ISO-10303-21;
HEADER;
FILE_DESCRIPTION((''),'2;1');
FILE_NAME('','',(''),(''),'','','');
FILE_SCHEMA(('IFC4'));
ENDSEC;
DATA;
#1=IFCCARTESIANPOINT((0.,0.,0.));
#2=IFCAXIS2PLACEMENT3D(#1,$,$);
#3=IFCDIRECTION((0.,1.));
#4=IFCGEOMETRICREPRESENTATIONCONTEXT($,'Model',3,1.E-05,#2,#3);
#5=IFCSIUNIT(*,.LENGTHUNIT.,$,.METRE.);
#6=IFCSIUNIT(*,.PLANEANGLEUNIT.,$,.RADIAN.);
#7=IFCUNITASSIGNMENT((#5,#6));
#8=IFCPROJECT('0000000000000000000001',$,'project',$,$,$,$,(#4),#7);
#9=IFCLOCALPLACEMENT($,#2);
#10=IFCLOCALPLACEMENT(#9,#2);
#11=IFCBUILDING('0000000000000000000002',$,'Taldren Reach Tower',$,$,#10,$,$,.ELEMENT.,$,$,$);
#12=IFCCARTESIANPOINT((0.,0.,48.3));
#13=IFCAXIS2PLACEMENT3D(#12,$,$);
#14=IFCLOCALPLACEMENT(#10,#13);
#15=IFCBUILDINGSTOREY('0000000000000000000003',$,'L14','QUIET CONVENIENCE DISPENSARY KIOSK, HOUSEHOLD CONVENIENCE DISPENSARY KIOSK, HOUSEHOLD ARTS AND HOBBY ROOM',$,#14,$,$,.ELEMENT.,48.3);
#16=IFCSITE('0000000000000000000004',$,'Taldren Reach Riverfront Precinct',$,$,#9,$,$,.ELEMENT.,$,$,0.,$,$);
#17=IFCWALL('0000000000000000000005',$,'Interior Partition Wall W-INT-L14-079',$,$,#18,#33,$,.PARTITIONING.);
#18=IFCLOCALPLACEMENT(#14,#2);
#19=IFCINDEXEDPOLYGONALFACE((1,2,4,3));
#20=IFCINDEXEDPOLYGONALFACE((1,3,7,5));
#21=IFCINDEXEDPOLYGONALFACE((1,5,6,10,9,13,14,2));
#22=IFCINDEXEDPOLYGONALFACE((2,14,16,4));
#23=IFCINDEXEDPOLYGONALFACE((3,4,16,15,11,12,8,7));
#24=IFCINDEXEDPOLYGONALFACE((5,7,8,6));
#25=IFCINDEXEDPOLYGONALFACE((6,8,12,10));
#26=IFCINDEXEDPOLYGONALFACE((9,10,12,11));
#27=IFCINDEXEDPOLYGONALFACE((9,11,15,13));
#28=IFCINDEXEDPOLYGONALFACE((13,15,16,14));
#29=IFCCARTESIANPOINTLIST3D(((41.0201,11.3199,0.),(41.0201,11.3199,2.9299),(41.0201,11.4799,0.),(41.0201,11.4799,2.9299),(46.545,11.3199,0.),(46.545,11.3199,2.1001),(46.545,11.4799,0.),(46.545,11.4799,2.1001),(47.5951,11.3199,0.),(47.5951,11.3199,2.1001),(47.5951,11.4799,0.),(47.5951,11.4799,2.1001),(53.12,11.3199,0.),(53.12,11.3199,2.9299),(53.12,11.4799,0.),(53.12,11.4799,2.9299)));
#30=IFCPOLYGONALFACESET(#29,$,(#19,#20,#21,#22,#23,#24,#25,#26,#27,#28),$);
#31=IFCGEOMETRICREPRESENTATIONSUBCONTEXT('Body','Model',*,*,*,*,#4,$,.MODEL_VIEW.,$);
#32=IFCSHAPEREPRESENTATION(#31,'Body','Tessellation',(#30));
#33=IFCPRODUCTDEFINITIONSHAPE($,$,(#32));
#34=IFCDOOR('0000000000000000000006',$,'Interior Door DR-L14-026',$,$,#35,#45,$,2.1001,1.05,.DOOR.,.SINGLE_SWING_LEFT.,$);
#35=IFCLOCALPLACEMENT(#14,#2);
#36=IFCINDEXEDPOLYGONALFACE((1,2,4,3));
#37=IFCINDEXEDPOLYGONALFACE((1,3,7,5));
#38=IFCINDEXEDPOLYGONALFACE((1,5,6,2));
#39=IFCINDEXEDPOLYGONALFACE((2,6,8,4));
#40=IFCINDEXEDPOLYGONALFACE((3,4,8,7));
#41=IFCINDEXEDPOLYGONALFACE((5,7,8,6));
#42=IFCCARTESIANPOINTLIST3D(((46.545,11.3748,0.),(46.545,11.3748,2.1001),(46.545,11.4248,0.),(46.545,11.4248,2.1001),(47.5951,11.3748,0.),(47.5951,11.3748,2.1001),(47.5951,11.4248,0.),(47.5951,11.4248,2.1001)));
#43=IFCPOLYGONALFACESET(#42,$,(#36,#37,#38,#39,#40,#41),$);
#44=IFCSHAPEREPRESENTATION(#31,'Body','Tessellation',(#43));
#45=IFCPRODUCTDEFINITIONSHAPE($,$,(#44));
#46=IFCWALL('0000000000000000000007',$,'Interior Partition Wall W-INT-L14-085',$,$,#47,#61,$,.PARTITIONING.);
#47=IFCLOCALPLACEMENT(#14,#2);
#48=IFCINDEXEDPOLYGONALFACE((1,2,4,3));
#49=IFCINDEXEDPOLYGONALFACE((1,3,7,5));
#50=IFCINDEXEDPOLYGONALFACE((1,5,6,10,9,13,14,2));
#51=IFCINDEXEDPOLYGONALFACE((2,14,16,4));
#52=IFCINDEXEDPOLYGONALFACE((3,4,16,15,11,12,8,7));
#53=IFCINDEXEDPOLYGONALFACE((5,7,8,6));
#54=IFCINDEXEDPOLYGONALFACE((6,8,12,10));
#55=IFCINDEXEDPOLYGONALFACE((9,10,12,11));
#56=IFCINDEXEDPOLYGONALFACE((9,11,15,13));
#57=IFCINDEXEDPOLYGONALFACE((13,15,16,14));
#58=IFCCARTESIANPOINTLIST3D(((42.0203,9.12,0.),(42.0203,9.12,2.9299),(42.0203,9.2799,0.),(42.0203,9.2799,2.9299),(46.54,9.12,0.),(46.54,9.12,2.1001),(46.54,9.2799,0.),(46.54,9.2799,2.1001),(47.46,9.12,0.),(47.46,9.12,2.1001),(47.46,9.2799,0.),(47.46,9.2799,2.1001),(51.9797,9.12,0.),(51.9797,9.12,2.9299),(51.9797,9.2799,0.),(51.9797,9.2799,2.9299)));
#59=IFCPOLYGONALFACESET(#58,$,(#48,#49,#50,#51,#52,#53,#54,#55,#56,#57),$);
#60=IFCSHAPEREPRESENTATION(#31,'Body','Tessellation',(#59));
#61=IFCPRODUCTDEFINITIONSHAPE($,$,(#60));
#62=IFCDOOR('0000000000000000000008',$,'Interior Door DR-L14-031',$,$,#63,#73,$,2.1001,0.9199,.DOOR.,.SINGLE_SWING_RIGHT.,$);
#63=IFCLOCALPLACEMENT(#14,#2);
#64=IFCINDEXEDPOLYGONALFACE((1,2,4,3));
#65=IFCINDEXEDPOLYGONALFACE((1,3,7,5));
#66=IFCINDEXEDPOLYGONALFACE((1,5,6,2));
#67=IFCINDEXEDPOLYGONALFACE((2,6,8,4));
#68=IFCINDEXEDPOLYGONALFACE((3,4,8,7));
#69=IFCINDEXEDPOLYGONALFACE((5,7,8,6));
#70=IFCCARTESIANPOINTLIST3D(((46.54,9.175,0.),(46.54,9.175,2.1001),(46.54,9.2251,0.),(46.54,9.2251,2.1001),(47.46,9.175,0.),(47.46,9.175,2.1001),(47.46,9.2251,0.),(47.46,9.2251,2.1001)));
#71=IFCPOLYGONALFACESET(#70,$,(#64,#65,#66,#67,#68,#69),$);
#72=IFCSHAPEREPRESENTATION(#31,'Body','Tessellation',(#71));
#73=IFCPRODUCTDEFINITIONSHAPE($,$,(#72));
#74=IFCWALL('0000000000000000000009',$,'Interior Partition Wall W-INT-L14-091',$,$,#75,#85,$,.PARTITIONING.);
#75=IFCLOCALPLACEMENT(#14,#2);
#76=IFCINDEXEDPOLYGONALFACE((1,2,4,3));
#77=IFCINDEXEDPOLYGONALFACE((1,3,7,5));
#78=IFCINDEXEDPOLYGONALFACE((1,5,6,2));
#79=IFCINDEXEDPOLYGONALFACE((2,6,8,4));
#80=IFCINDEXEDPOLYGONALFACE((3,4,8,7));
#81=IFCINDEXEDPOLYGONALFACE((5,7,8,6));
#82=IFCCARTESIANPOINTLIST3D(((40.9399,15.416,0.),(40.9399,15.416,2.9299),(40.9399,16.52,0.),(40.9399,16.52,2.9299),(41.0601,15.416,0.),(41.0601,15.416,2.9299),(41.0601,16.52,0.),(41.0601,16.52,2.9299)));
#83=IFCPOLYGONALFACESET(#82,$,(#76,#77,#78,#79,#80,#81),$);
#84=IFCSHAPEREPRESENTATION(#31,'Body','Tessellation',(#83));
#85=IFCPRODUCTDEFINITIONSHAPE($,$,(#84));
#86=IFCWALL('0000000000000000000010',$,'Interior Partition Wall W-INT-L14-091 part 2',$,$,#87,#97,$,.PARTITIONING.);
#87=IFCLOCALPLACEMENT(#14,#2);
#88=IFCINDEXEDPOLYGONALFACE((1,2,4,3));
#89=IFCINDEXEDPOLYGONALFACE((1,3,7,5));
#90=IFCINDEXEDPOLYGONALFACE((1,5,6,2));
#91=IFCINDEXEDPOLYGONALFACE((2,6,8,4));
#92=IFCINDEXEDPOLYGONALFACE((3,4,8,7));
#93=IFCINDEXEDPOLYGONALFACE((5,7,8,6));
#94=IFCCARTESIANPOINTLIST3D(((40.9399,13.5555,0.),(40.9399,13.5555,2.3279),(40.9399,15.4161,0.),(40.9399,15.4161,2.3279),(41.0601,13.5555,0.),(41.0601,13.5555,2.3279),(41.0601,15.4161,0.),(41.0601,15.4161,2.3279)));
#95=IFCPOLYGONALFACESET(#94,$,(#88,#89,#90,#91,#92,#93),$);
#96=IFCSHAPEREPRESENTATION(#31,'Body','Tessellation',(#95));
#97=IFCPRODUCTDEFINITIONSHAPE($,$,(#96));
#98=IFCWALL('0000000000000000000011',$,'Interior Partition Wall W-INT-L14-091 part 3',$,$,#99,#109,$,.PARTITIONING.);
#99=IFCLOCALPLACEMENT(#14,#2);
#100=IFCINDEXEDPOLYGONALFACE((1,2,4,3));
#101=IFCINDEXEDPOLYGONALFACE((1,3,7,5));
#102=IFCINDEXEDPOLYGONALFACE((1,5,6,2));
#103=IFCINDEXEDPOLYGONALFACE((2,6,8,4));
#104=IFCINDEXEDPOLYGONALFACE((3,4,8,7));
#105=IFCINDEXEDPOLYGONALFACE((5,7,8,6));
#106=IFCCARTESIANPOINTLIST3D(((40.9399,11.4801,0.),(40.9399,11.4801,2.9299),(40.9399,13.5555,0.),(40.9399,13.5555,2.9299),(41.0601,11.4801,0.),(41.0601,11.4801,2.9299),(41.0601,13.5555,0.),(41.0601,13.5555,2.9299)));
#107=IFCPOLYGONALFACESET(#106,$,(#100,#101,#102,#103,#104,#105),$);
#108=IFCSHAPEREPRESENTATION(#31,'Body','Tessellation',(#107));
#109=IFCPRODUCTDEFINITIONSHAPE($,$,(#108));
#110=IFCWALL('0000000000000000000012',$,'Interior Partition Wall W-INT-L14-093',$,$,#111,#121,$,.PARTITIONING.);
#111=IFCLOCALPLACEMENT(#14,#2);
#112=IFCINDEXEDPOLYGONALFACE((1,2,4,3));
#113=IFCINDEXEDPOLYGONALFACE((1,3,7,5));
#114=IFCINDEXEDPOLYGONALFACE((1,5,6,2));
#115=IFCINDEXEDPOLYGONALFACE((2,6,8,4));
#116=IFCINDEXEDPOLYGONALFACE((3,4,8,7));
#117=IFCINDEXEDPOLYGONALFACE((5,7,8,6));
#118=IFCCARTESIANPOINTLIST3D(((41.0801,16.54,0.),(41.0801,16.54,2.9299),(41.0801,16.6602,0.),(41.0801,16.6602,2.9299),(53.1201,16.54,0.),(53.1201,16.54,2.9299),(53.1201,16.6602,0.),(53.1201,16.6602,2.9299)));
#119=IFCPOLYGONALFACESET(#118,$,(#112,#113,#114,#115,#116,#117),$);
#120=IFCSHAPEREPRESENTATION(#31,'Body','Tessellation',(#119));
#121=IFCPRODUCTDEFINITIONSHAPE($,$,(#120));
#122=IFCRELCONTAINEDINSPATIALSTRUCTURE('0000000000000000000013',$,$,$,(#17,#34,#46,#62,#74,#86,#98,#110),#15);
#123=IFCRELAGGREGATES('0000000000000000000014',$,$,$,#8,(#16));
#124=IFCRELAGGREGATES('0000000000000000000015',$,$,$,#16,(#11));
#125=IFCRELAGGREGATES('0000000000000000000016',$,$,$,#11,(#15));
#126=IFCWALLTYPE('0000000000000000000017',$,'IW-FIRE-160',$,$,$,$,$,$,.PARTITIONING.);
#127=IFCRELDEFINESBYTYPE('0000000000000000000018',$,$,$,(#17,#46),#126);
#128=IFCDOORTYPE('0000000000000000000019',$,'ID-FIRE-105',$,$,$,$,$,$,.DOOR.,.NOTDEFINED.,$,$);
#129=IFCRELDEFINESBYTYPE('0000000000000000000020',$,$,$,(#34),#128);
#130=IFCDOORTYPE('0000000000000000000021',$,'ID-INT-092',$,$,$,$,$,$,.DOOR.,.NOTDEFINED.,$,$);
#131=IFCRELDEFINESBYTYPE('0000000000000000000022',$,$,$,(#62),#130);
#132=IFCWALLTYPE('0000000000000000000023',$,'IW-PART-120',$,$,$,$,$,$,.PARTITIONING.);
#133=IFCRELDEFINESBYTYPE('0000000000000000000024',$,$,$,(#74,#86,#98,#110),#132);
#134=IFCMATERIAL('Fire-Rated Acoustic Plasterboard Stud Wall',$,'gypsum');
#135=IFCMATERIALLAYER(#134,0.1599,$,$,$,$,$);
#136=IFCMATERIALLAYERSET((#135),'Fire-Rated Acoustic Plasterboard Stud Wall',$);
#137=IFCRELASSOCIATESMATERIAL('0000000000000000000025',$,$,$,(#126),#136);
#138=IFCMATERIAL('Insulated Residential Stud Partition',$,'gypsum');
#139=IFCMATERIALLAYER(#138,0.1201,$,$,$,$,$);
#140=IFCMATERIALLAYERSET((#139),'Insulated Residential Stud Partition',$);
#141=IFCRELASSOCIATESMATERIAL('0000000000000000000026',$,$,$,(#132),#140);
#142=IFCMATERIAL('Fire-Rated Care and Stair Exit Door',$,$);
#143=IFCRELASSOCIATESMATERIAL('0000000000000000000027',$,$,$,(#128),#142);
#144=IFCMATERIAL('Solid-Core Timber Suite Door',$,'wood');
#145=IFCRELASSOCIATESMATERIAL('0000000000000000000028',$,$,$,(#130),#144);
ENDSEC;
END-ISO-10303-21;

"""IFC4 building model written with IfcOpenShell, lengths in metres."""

from ifc_helpers import new_model, si_unit, direction, frame, frame_2d, origin, place, context, subcontext, project, spatial, rectangle, extrude, source, transform, mapped, material, layer, layer_set, type_object, element, fill, save


model = new_model("IFC4")

# Units and contexts
model_context = context("Model", 3, precision=1e-05, world=origin(), true_north=direction((0.0, 1.0)))
body_context = subcontext(model_context, "Body", "Model", "MODEL_VIEW")
ifc_project = project(units=[si_unit("LENGTHUNIT", "METRE"), si_unit("PLANEANGLEUNIT", "RADIAN")], contexts=[model_context])

# Site, building, storey
site_placement = place(None, origin())
site = spatial("IfcSite", under=ifc_project, at=site_placement, Name="Taldren Reach Riverfront Precinct", CompositionType="ELEMENT", RefElevation=0.0)
building_placement = place(site_placement, origin())
building = spatial("IfcBuilding", under=site, at=building_placement, Name="Taldren Reach Tower", CompositionType="ELEMENT")
storey_placement = place(building_placement, frame((0.0, 0.0, 48.3)))
storey = spatial("IfcBuildingStorey", under=building, at=storey_placement, Name="L14", Description="QUIET CONVENIENCE DISPENSARY KIOSK, HOUSEHOLD CONVENIENCE DISPENSARY KIOSK, HOUSEHOLD ARTS AND HOBBY ROOM", CompositionType="ELEMENT", Elevation=48.3)

# Shared definitions
ifc_material_1 = material(Name="Fire-Rated Acoustic Plasterboard Stud Wall", Category="gypsum")
ifc_layer_1 = layer(ifc_material_1, 0.1599)
ifc_layer_set_1 = layer_set([ifc_layer_1], Name="Fire-Rated Acoustic Plasterboard Stud Wall")
wall_type_1 = type_object("IfcWallType", Name="IW-FIRE-160", PredefinedType="PARTITIONING", material=ifc_layer_set_1)
ifc_material_2 = material(Name="Insulated Residential Stud Partition", Category="gypsum")
ifc_layer_2 = layer(ifc_material_2, 0.1201)
ifc_layer_set_2 = layer_set([ifc_layer_2], Name="Insulated Residential Stud Partition")
wall_type_2 = type_object("IfcWallType", Name="IW-PART-120", PredefinedType="PARTITIONING", material=ifc_layer_set_2)

# Walls, openings, doors
ifc_material_3 = material(Name="Fire-Rated Care and Stair Exit Door")
door_type_1 = type_object("IfcDoorType", Name="ID-FIRE-105", OperationType="NOTDEFINED", PredefinedType="DOOR", material=ifc_material_3)
shared_shape_1 = source(origin(), body_context, "Body", "SweptSolid", [
    extrude(rectangle(XDim=1.05, YDim=2.1001, at=frame_2d((0.5249, 1.05))), frame((0.0, 0.0249, 0.0), z_axis=(0.0, -1.0, 0.0), x_axis=(1.0, 0.0, 0.0)), (0.0, 0.0, 1.0), 0.05),
])
shared_shape_2 = source(origin(), body_context, "Body", "SweptSolid", [
    extrude(rectangle(XDim=1.05, YDim=2.1001, at=frame_2d((0.5249, 1.05))), frame((0.0, 0.0898, 0.0), z_axis=(0.0, -1.0, 0.0), x_axis=(1.0, 0.0, 0.0)), (0.0, 0.0, 1.0), 0.1799),
])
shared_shape_3 = source(origin(), body_context, "Body", "SweptSolid", [
    extrude(rectangle(XDim=12.0999, YDim=0.1599, at=frame_2d((6.0498, 0.0))), origin(), (0.0, 0.0, 1.0), 2.9299),
])
wall_1_placement = place(storey_placement, frame((41.0203, 11.3999, 0.0), z_axis=(0.0, 0.0, 1.0), x_axis=(1.0, 0.0, 0.0)))
wall_1 = element("IfcWall", 1, at=wall_1_placement, inside=storey, type_object=wall_type_1, Name="Interior Partition Wall W-INT-L14-079", PredefinedType="PARTITIONING", context=body_context, shape_type="MappedRepresentation", body=[
    mapped(shared_shape_3, transform((0.0, 0.0, 0.0), scale=1.0)),
])
opening_1_placement = place(wall_1_placement, frame((5.5249, 0.0, 0.0)))
opening_1 = element("IfcOpeningElement", 2, at=opening_1_placement, cuts=wall_1, PredefinedType="OPENING", context=body_context, shape_type="MappedRepresentation", body=[
    mapped(shared_shape_2, transform((0.0, 0.0, 0.0), scale=1.0)),
])
door_1_placement = place(opening_1_placement, origin())
door_1 = element("IfcDoor", 3, at=door_1_placement, inside=storey, type_object=door_type_1, Name="Interior Door DR-L14-026", OperationType="SINGLE_SWING_LEFT", OverallHeight=2.1001, OverallWidth=1.05, PredefinedType="DOOR", context=body_context, shape_type="MappedRepresentation", body=[
    mapped(shared_shape_1, transform((0.0, 0.0, 0.0), scale=1.0)),
])
fill(opening_1, door_1)
shared_shape_4 = source(origin(), body_context, "Body", "SweptSolid", [
    extrude(rectangle(XDim=9.9595, YDim=0.1599, at=frame_2d((4.9797, 0.0))), origin(), (0.0, 0.0, 1.0), 2.9299),
])
wall_2_placement = place(storey_placement, frame((51.9797, 9.2, 0.0), z_axis=(0.0, 0.0, 1.0), x_axis=(-1.0, 0.0, 0.0)))
wall_2 = element("IfcWall", 4, at=wall_2_placement, inside=storey, type_object=wall_type_1, Name="Interior Partition Wall W-INT-L14-085", PredefinedType="PARTITIONING", context=body_context, shape_type="MappedRepresentation", body=[
    mapped(shared_shape_4, transform((0.0, 0.0, 0.0), scale=1.0)),
])
shared_shape_5 = source(origin(), body_context, "Body", "SweptSolid", [
    extrude(rectangle(XDim=0.9199, YDim=2.1001, at=frame_2d((0.46, 1.05))), frame((0.0, 0.0898, 0.0), z_axis=(0.0, -1.0, 0.0), x_axis=(1.0, 0.0, 0.0)), (0.0, 0.0, 1.0), 0.1799),
])
opening_2_placement = place(wall_2_placement, frame((4.5198, 0.0, 0.0)))
opening_2 = element("IfcOpeningElement", 5, at=opening_2_placement, cuts=wall_2, PredefinedType="OPENING", context=body_context, shape_type="MappedRepresentation", body=[
    mapped(shared_shape_5, transform((0.0, 0.0, 0.0), scale=1.0)),
])
ifc_material_4 = material(Name="Solid-Core Timber Suite Door", Category="wood")
door_type_2 = type_object("IfcDoorType", Name="ID-INT-092", OperationType="NOTDEFINED", PredefinedType="DOOR", material=ifc_material_4)
shared_shape_6 = source(origin(), body_context, "Body", "SweptSolid", [
    extrude(rectangle(XDim=0.9199, YDim=2.1001, at=frame_2d((0.46, 1.05))), frame((0.0, 0.0249, 0.0), z_axis=(0.0, -1.0, 0.0), x_axis=(1.0, 0.0, 0.0)), (0.0, 0.0, 1.0), 0.05),
])
door_2_placement = place(opening_2_placement, origin())
door_2 = element("IfcDoor", 6, at=door_2_placement, inside=storey, type_object=door_type_2, Name="Interior Door DR-L14-031", OperationType="SINGLE_SWING_RIGHT", OverallHeight=2.1001, OverallWidth=0.9199, PredefinedType="DOOR", context=body_context, shape_type="MappedRepresentation", body=[
    mapped(shared_shape_6, transform((0.0, 0.0, 0.0), scale=1.0)),
])
fill(opening_2, door_2)

# Walls
shared_shape_7 = source(origin(), body_context, "Body", "SweptSolid", [
    extrude(rectangle(XDim=1.104, YDim=0.1201, at=frame_2d((0.552, 0.0))), origin(), (0.0, 0.0, 1.0), 2.9299),
])
wall_3_placement = place(storey_placement, frame((41.0, 16.52, 0.0), z_axis=(0.0, 0.0, 1.0), x_axis=(0.0, -1.0, 0.0)))
element("IfcWall", 7, at=wall_3_placement, inside=storey, type_object=wall_type_2, Name="Interior Partition Wall W-INT-L14-091", PredefinedType="PARTITIONING", context=body_context, shape_type="MappedRepresentation", body=[
    mapped(shared_shape_7, transform((0.0, 0.0, 0.0), scale=1.0)),
])
shared_shape_8 = source(origin(), body_context, "Body", "SweptSolid", [
    extrude(rectangle(XDim=1.8606, YDim=0.1201, at=frame_2d((0.9302, 0.0))), origin(), (0.0, 0.0, 1.0), 2.3279),
])
wall_4_placement = place(storey_placement, frame((41.0, 15.416, 0.0), z_axis=(0.0, 0.0, 1.0), x_axis=(0.0, -1.0, 0.0)))
element("IfcWall", 8, at=wall_4_placement, inside=storey, type_object=wall_type_2, Name="Interior Partition Wall W-INT-L14-091 part 2", PredefinedType="PARTITIONING", context=body_context, shape_type="MappedRepresentation", body=[
    mapped(shared_shape_8, transform((0.0, 0.0, 0.0), scale=1.0)),
])
shared_shape_9 = source(origin(), body_context, "Body", "SweptSolid", [
    extrude(rectangle(XDim=2.0754, YDim=0.1201, at=frame_2d((1.0376, 0.0))), origin(), (0.0, 0.0, 1.0), 2.9299),
])
wall_5_placement = place(storey_placement, frame((41.0, 13.5554, 0.0), z_axis=(0.0, 0.0, 1.0), x_axis=(0.0, -1.0, 0.0)))
element("IfcWall", 9, at=wall_5_placement, inside=storey, type_object=wall_type_2, Name="Interior Partition Wall W-INT-L14-091 part 3", PredefinedType="PARTITIONING", context=body_context, shape_type="MappedRepresentation", body=[
    mapped(shared_shape_9, transform((0.0, 0.0, 0.0), scale=1.0)),
])
shared_shape_10 = source(origin(), body_context, "Body", "SweptSolid", [
    extrude(rectangle(XDim=12.04, YDim=0.1201, at=frame_2d((6.02, 0.0))), origin(), (0.0, 0.0, 1.0), 2.9299),
])
wall_6_placement = place(storey_placement, frame((41.0801, 16.6001, 0.0), z_axis=(0.0, 0.0, 1.0), x_axis=(1.0, 0.0, 0.0)))
element("IfcWall", 10, at=wall_6_placement, inside=storey, type_object=wall_type_2, Name="Interior Partition Wall W-INT-L14-093", PredefinedType="PARTITIONING", context=body_context, shape_type="MappedRepresentation", body=[
    mapped(shared_shape_10, transform((0.0, 0.0, 0.0), scale=1.0)),
])

save(model, "model.ifc")
